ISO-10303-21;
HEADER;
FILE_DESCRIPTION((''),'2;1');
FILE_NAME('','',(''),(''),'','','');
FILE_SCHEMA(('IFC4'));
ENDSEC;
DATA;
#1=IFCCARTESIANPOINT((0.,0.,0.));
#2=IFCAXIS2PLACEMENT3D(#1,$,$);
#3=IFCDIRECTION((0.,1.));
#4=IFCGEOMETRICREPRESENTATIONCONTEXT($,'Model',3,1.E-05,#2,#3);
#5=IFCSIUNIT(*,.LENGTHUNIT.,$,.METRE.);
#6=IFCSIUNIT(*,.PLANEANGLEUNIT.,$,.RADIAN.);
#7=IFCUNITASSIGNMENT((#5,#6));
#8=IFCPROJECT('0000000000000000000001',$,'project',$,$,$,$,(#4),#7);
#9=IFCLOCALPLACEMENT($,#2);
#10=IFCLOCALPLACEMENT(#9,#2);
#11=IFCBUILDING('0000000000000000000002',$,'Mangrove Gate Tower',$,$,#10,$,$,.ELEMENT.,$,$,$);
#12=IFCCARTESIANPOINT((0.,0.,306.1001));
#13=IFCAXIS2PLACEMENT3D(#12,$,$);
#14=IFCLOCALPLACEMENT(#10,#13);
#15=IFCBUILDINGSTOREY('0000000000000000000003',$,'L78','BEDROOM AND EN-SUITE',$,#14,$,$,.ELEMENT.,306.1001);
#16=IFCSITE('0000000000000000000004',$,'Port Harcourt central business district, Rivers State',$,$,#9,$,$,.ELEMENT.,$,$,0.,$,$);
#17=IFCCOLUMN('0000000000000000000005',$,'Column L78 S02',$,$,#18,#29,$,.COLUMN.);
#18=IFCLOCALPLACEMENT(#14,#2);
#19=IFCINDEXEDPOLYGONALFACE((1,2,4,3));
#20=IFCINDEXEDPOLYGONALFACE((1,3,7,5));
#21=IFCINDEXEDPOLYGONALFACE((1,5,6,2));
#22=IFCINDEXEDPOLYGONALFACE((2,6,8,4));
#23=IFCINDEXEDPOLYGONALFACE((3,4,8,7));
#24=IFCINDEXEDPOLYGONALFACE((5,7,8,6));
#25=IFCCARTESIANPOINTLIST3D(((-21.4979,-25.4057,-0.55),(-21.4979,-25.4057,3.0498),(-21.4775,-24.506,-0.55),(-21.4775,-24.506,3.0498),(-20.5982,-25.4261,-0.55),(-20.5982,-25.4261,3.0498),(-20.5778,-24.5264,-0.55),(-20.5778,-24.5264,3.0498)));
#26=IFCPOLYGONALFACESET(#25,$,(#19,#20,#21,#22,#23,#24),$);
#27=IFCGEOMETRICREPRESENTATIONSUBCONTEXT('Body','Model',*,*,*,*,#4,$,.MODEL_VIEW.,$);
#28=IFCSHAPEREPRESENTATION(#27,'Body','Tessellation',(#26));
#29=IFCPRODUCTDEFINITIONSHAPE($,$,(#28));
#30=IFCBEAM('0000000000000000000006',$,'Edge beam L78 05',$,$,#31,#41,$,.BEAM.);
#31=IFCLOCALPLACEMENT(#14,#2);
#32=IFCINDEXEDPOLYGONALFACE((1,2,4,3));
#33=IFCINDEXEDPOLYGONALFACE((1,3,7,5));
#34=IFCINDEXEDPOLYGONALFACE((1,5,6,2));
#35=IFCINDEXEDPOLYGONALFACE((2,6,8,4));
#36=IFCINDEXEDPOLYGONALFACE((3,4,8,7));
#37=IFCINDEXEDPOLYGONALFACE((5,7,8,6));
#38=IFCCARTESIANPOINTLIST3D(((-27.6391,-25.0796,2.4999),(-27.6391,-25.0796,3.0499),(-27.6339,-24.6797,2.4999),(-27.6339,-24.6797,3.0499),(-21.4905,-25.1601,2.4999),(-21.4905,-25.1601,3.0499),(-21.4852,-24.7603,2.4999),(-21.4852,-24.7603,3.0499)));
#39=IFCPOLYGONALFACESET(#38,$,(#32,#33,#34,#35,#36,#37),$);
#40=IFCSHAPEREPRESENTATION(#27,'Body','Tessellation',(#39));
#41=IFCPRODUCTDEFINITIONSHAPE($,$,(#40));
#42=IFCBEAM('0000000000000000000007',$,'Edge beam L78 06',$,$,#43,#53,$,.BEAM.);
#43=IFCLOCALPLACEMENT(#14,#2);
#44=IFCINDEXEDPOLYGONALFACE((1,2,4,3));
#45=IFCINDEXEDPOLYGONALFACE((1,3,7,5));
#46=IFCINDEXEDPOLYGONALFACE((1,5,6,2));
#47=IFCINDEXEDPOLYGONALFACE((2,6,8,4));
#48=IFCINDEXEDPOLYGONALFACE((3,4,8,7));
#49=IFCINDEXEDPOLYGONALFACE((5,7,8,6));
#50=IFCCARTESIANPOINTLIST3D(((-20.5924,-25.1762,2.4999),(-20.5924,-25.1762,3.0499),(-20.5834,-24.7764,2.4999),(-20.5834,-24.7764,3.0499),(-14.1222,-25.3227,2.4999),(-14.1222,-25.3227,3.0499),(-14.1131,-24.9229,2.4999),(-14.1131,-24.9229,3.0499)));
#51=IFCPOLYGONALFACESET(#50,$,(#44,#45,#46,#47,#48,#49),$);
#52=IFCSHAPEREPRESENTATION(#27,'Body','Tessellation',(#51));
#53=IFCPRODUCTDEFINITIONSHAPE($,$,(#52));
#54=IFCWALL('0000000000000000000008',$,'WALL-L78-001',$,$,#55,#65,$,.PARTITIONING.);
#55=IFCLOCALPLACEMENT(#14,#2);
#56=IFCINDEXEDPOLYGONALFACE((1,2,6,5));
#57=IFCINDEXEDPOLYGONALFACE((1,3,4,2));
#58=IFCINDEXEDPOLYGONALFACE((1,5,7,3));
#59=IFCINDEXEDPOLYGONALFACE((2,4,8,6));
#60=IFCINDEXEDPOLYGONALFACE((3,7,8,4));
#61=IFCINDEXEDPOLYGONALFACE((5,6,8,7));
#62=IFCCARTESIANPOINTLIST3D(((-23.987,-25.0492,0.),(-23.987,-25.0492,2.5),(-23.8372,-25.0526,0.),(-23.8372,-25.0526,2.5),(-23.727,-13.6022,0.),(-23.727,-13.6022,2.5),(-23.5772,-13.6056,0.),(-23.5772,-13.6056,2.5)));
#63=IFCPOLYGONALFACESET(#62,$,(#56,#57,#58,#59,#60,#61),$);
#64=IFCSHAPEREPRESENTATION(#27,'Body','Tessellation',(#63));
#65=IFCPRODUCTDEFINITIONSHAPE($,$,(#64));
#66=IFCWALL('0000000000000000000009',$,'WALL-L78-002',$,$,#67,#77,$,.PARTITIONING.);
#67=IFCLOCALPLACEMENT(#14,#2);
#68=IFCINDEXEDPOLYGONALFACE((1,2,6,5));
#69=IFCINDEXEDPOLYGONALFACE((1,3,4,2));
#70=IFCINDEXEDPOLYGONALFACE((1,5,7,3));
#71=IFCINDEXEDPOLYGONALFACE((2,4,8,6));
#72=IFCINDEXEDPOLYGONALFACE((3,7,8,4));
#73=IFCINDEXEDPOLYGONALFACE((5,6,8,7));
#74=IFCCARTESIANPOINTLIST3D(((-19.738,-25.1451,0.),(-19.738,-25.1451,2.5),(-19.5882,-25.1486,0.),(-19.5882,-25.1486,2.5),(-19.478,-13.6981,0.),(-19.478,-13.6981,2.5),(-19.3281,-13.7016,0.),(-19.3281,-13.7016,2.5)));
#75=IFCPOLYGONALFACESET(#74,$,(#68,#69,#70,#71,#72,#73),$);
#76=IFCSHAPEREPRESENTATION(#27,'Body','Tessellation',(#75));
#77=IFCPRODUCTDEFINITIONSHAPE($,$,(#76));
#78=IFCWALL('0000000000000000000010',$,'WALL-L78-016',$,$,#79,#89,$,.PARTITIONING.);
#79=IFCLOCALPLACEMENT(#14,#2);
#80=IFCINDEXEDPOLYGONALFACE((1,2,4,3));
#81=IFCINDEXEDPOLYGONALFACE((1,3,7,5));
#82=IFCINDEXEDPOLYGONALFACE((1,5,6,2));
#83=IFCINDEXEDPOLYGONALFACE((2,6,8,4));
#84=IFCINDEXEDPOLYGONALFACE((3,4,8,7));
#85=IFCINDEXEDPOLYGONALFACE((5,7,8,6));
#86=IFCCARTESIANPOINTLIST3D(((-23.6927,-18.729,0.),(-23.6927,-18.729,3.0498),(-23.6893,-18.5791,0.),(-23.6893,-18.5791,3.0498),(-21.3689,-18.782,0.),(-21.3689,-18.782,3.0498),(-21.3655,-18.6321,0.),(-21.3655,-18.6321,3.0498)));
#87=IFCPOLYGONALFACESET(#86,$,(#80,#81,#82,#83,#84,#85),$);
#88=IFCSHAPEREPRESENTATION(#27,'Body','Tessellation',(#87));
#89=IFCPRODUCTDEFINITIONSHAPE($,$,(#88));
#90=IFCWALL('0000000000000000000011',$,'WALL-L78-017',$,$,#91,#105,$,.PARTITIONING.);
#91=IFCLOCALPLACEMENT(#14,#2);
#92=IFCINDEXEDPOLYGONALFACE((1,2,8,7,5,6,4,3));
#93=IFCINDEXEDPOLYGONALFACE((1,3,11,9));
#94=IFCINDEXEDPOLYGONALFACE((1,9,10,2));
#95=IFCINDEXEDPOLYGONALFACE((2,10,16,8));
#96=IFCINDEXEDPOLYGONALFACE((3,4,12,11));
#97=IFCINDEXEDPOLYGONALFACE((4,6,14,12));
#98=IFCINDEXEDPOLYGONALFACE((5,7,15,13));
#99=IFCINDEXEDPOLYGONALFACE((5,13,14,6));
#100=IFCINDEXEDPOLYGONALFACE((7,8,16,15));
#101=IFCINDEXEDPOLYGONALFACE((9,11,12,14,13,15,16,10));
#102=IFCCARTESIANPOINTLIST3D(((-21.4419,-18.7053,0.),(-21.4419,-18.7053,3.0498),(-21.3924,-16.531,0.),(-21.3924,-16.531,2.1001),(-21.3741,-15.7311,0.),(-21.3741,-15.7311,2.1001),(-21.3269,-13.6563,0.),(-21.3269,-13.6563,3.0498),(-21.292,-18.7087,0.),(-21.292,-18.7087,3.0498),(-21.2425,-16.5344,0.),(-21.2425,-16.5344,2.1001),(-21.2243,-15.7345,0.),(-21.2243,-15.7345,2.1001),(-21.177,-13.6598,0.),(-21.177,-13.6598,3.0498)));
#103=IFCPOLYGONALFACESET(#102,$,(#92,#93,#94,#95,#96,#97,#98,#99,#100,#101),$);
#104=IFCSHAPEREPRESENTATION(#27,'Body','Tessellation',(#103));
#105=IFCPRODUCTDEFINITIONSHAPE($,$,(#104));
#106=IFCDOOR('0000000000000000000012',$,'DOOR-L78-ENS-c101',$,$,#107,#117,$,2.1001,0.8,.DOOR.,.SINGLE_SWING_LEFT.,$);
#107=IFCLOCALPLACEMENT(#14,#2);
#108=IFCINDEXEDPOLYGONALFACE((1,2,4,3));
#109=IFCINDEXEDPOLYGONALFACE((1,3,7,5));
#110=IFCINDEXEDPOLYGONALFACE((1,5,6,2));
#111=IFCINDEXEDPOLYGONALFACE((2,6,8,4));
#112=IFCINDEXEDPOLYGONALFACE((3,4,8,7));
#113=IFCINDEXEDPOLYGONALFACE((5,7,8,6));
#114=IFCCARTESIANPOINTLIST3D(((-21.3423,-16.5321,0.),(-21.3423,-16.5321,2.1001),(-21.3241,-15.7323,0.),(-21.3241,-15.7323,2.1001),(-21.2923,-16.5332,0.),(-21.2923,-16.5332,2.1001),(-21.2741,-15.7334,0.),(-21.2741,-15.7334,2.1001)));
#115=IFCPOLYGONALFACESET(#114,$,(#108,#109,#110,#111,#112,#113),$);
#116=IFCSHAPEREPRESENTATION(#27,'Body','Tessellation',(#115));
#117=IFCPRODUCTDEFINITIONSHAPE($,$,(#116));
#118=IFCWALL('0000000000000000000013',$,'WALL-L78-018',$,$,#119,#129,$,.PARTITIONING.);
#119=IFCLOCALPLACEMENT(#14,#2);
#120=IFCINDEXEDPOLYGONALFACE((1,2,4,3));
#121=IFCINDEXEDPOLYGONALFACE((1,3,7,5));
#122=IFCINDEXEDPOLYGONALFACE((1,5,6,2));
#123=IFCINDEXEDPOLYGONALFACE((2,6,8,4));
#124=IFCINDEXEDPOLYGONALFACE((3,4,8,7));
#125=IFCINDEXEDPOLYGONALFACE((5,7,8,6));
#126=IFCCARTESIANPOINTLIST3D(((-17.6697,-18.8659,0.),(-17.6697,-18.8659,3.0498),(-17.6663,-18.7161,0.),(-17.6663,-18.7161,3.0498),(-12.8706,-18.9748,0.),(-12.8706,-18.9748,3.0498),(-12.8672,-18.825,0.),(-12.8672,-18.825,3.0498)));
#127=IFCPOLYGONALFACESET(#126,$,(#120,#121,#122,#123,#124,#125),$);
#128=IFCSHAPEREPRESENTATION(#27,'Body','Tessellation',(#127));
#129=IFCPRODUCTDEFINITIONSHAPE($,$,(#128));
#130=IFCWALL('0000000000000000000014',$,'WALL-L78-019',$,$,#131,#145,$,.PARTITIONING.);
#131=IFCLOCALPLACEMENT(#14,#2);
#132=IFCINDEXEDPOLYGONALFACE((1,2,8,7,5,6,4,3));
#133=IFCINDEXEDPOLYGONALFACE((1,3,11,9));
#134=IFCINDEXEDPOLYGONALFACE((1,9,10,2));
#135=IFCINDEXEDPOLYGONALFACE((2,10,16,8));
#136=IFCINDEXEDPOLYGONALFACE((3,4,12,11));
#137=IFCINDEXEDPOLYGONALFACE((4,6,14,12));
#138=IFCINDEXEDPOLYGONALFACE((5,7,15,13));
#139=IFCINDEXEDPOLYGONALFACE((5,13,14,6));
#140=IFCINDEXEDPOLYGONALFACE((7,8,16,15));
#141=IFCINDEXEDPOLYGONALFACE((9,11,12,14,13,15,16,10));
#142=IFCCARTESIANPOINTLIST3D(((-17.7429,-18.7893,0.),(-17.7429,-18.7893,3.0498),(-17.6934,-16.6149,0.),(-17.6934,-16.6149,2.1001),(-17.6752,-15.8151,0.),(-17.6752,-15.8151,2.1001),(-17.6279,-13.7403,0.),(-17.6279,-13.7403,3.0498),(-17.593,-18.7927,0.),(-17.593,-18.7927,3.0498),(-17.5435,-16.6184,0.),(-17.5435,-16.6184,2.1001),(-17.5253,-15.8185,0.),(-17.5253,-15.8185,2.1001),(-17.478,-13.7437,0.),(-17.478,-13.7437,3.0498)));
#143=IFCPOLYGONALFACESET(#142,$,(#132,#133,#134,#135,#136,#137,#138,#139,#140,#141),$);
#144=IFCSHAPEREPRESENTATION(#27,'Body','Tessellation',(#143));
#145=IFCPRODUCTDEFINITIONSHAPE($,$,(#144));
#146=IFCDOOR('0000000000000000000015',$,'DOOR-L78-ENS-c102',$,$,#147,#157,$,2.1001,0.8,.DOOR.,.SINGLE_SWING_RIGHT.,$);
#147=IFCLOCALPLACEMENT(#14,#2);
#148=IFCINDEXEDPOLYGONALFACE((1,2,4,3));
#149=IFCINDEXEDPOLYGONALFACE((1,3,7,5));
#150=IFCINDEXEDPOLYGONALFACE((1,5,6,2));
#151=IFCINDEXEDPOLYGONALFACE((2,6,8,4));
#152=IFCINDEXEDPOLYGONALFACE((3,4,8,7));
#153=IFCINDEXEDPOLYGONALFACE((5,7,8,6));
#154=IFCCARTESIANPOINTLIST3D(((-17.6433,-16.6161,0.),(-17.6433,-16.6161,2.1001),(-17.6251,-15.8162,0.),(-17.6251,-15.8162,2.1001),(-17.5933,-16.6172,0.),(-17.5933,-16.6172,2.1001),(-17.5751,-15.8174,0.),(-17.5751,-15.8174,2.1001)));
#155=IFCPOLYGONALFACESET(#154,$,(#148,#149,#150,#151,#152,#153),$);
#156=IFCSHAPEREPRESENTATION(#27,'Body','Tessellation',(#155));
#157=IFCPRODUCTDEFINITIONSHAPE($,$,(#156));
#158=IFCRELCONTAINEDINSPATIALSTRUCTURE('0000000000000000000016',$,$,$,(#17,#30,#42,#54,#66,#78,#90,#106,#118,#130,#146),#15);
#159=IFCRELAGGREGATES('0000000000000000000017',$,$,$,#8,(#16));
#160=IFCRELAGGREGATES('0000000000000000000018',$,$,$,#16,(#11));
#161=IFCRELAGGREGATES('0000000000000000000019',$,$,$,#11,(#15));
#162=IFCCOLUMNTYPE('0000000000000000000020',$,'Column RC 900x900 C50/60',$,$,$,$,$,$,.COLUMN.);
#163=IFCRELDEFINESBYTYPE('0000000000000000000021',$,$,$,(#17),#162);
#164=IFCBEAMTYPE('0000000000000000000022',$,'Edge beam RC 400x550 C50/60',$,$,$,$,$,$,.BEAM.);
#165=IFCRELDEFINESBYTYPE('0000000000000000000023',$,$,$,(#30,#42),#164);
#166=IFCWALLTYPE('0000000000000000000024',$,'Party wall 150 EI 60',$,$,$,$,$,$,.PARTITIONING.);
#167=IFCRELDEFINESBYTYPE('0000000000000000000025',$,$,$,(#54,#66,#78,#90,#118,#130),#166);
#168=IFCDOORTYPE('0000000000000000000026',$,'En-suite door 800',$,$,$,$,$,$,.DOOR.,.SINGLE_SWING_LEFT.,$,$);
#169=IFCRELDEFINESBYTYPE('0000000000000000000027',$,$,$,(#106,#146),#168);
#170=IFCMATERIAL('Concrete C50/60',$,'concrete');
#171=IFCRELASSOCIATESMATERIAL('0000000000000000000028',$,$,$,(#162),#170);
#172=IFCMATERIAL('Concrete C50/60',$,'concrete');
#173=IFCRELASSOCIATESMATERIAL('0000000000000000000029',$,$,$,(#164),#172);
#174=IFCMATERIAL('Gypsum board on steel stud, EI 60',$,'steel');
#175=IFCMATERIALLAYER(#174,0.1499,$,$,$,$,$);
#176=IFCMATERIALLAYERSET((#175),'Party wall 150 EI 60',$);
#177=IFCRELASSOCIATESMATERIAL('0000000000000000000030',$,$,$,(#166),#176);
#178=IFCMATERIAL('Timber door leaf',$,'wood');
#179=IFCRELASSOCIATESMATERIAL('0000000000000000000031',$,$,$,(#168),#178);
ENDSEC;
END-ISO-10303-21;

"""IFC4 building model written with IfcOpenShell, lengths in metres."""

from ifc_helpers import new_model, si_unit, direction, frame, frame_2d, origin, origin_2d, place, context, subcontext, project, spatial, rectangle, extrude, material, layer, layer_set, material_profile, profile_set, type_object, element, fill, save


model = new_model("IFC4")

# Units and contexts
model_context = context("Model", 3, precision=1e-05, world=origin(), true_north=direction((0.0, 1.0)))
body_context = subcontext(model_context, "Body", "Model", "MODEL_VIEW")
ifc_project = project(units=[si_unit("LENGTHUNIT", "METRE"), si_unit("PLANEANGLEUNIT", "RADIAN")], contexts=[model_context])

# Site, building, storey
site_placement = place(None, origin())
site = spatial("IfcSite", under=ifc_project, at=site_placement, Name="Port Harcourt central business district, Rivers State", CompositionType="ELEMENT", RefElevation=0.0)
building_placement = place(site_placement, origin())
building = spatial("IfcBuilding", under=site, at=building_placement, Name="Mangrove Gate Tower", CompositionType="ELEMENT")
storey_placement = place(building_placement, frame((0.0, 0.0, 306.1001)))
storey = spatial("IfcBuildingStorey", under=building, at=storey_placement, Name="L78", Description="BEDROOM AND EN-SUITE", CompositionType="ELEMENT", Elevation=306.1001)

# Column
ifc_material_1 = material(Name="Concrete C50/60", Category="concrete")
ifc_material_profile_1 = material_profile(ifc_material_1, rectangle(XDim=0.8999, YDim=0.8999, at=origin_2d()))
ifc_profile_set_1 = profile_set([ifc_material_profile_1], Name="Concrete C50/60")
column_type = type_object("IfcColumnType", Name="Column RC 900x900 C50/60", PredefinedType="COLUMN", material=ifc_profile_set_1)
column_placement = place(storey_placement, frame((-21.0378, -24.9661, -0.55), z_axis=(0.0, 0.0, 1.0), x_axis=(0.999743, -0.022655, 0.0)))
element("IfcColumn", 1, at=column_placement, inside=storey, type_object=column_type, Name="Column L78 S02", PredefinedType="COLUMN", context=body_context, shape_type="SweptSolid", body=[
    extrude(rectangle(XDim=0.8999, YDim=0.8999, at=origin_2d()), origin(), (0.0, 0.0, 1.0), 3.5999),
])

# Beams
ifc_material_2 = material(Name="Concrete C50/60", Category="concrete")
ifc_material_profile_2 = material_profile(ifc_material_2, rectangle(XDim=0.3999, YDim=0.55, at=origin_2d()))
ifc_profile_set_2 = profile_set([ifc_material_profile_2], Name="Concrete C50/60")
beam_type = type_object("IfcBeamType", Name="Edge beam RC 400x550 C50/60", PredefinedType="BEAM", material=ifc_profile_set_2)
beam_1_placement = place(storey_placement, frame((-27.6365, -24.8796, 2.7749), z_axis=(0.999914, -0.013102, 0.0), x_axis=(0.013102, 0.999914, 0.0)))
element("IfcBeam", 2, at=beam_1_placement, inside=storey, type_object=beam_type, Name="Edge beam L78 05", PredefinedType="BEAM", context=body_context, shape_type="SweptSolid", body=[
    extrude(rectangle(XDim=0.3999, YDim=0.55, at=origin_2d()), origin(), (0.0, 0.0, 1.0), 6.1492),
])
beam_2_placement = place(storey_placement, frame((-20.5879, -24.9763, 2.7749), z_axis=(0.999744, -0.022634, 0.0), x_axis=(0.022634, 0.999744, 0.0)))
element("IfcBeam", 3, at=beam_2_placement, inside=storey, type_object=beam_type, Name="Edge beam L78 06", PredefinedType="BEAM", context=body_context, shape_type="SweptSolid", body=[
    extrude(rectangle(XDim=0.3999, YDim=0.55, at=origin_2d()), origin(), (0.0, 0.0, 1.0), 6.4719),
])

# Walls
ifc_material_3 = material(Name="Gypsum board on steel stud, EI 60", Category="steel")
ifc_layer = layer(ifc_material_3, 0.1499)
ifc_layer_set = layer_set([ifc_layer], Name="Party wall 150 EI 60")
wall_type = type_object("IfcWallType", Name="Party wall 150 EI 60", PredefinedType="PARTITIONING", material=ifc_layer_set)
for number, where, z_axis, x_axis, name in (
    (4, (-23.9121, -25.051, 0.0), (0.0, 0.0, 1.0), (0.022708, 0.999742, 0.0), "WALL-L78-001"),
    (5, (-19.6631, -25.147, 0.0), (0.0, 0.0, 1.0), (0.022708, 0.999742, 0.0), "WALL-L78-002"),
):
    element("IfcWall", number, at=place(storey_placement, frame(where, z_axis=z_axis, x_axis=x_axis)), inside=storey, type_object=wall_type, Name=name, PredefinedType="PARTITIONING", context=body_context, shape_type="SweptSolid", body=[
        extrude(rectangle(XDim=11.45, YDim=0.1499, at=frame_2d((5.7251, 0.0))), origin(), (0.0, 0.0, 1.0), 2.5),
    ])
wall_1_placement = place(storey_placement, frame((-23.6909, -18.6541, 0.0), z_axis=(0.0, 0.0, 1.0), x_axis=(0.99974, -0.022791, 0.0)))
element("IfcWall", 6, at=wall_1_placement, inside=storey, type_object=wall_type, Name="WALL-L78-016", PredefinedType="PARTITIONING", context=body_context, shape_type="SweptSolid", body=[
    extrude(rectangle(XDim=2.3245, YDim=0.1499, at=frame_2d((1.1621, 0.0))), origin(), (0.0, 0.0, 1.0), 3.0498),
])

# Wall, opening, door
wall_2_placement = place(storey_placement, frame((-21.3669, -18.707, 0.0), z_axis=(0.0, 0.0, 1.0), x_axis=(0.022769, 0.999741, 0.0)))
wall_2 = element("IfcWall", 7, at=wall_2_placement, inside=storey, type_object=wall_type, Name="WALL-L78-017", PredefinedType="PARTITIONING", context=body_context, shape_type="SweptSolid", body=[
    extrude(rectangle(XDim=5.0503, YDim=0.1499, at=frame_2d((2.5251, 0.0))), origin(), (0.0, 0.0, 1.0), 3.0498),
])
opening_1_placement = place(wall_2_placement, frame((2.175, 0.0, 0.0)))
opening_1 = element("IfcOpeningElement", 8, at=opening_1_placement, cuts=wall_2, PredefinedType="OPENING", context=body_context, shape_type="SweptSolid", body=[
    extrude(rectangle(XDim=0.8, YDim=2.1001, at=frame_2d((0.3999, 1.05))), frame((0.0, 0.085, 0.0), z_axis=(0.0, -1.0, 0.0), x_axis=(1.0, 0.0, 0.0)), (0.0, 0.0, 1.0), 0.1699),
])
ifc_material_4 = material(Name="Timber door leaf", Category="wood")
door_type = type_object("IfcDoorType", Name="En-suite door 800", OperationType="SINGLE_SWING_LEFT", PredefinedType="DOOR", material=ifc_material_4)
door_1_placement = place(opening_1_placement, origin())
door_1 = element("IfcDoor", 9, at=door_1_placement, inside=storey, type_object=door_type, Name="DOOR-L78-ENS-c101", OperationType="SINGLE_SWING_LEFT", OverallHeight=2.1001, OverallWidth=0.8, PredefinedType="DOOR", context=body_context, shape_type="SweptSolid", body=[
    extrude(rectangle(XDim=0.8, YDim=2.1001, at=frame_2d((0.3999, 1.05))), frame((0.0, 0.0249, 0.0), z_axis=(0.0, -1.0, 0.0), x_axis=(1.0, 0.0, 0.0)), (0.0, 0.0, 1.0), 0.05),
])
fill(opening_1, door_1)

# Wall
wall_3_placement = place(storey_placement, frame((-17.668, -18.791, 0.0), z_axis=(0.0, 0.0, 1.0), x_axis=(0.999743, -0.022683, 0.0)))
element("IfcWall", 10, at=wall_3_placement, inside=storey, type_object=wall_type, Name="WALL-L78-018", PredefinedType="PARTITIONING", context=body_context, shape_type="SweptSolid", body=[
    extrude(rectangle(XDim=4.8003, YDim=0.1499, at=frame_2d((2.4001, 0.0))), origin(), (0.0, 0.0, 1.0), 3.0498),
])

# Wall, opening, door
wall_4_placement = place(storey_placement, frame((-17.668, -18.791, 0.0), z_axis=(0.0, 0.0, 1.0), x_axis=(0.022769, 0.999741, 0.0)))
wall_4 = element("IfcWall", 11, at=wall_4_placement, inside=storey, type_object=wall_type, Name="WALL-L78-019", PredefinedType="PARTITIONING", context=body_context, shape_type="SweptSolid", body=[
    extrude(rectangle(XDim=5.0503, YDim=0.1499, at=frame_2d((2.5251, 0.0))), origin(), (0.0, 0.0, 1.0), 3.0498),
])
opening_2_placement = place(wall_4_placement, frame((2.175, 0.0, 0.0)))
opening_2 = element("IfcOpeningElement", 12, at=opening_2_placement, cuts=wall_4, PredefinedType="OPENING", context=body_context, shape_type="SweptSolid", body=[
    extrude(rectangle(XDim=0.8, YDim=2.1001, at=frame_2d((0.3999, 1.05))), frame((0.0, 0.085, 0.0), z_axis=(0.0, -1.0, 0.0), x_axis=(1.0, 0.0, 0.0)), (0.0, 0.0, 1.0), 0.1699),
])
door_2_placement = place(opening_2_placement, origin())
door_2 = element("IfcDoor", 13, at=door_2_placement, inside=storey, type_object=door_type, Name="DOOR-L78-ENS-c102", OperationType="SINGLE_SWING_RIGHT", OverallHeight=2.1001, OverallWidth=0.8, PredefinedType="DOOR", context=body_context, shape_type="SweptSolid", body=[
    extrude(rectangle(XDim=0.8, YDim=2.1001, at=frame_2d((0.3999, 1.05))), frame((0.0, 0.0249, 0.0), z_axis=(0.0, -1.0, 0.0), x_axis=(1.0, 0.0, 0.0)), (0.0, 0.0, 1.0), 0.05),
])
fill(opening_2, door_2)

save(model, "model.ifc")
